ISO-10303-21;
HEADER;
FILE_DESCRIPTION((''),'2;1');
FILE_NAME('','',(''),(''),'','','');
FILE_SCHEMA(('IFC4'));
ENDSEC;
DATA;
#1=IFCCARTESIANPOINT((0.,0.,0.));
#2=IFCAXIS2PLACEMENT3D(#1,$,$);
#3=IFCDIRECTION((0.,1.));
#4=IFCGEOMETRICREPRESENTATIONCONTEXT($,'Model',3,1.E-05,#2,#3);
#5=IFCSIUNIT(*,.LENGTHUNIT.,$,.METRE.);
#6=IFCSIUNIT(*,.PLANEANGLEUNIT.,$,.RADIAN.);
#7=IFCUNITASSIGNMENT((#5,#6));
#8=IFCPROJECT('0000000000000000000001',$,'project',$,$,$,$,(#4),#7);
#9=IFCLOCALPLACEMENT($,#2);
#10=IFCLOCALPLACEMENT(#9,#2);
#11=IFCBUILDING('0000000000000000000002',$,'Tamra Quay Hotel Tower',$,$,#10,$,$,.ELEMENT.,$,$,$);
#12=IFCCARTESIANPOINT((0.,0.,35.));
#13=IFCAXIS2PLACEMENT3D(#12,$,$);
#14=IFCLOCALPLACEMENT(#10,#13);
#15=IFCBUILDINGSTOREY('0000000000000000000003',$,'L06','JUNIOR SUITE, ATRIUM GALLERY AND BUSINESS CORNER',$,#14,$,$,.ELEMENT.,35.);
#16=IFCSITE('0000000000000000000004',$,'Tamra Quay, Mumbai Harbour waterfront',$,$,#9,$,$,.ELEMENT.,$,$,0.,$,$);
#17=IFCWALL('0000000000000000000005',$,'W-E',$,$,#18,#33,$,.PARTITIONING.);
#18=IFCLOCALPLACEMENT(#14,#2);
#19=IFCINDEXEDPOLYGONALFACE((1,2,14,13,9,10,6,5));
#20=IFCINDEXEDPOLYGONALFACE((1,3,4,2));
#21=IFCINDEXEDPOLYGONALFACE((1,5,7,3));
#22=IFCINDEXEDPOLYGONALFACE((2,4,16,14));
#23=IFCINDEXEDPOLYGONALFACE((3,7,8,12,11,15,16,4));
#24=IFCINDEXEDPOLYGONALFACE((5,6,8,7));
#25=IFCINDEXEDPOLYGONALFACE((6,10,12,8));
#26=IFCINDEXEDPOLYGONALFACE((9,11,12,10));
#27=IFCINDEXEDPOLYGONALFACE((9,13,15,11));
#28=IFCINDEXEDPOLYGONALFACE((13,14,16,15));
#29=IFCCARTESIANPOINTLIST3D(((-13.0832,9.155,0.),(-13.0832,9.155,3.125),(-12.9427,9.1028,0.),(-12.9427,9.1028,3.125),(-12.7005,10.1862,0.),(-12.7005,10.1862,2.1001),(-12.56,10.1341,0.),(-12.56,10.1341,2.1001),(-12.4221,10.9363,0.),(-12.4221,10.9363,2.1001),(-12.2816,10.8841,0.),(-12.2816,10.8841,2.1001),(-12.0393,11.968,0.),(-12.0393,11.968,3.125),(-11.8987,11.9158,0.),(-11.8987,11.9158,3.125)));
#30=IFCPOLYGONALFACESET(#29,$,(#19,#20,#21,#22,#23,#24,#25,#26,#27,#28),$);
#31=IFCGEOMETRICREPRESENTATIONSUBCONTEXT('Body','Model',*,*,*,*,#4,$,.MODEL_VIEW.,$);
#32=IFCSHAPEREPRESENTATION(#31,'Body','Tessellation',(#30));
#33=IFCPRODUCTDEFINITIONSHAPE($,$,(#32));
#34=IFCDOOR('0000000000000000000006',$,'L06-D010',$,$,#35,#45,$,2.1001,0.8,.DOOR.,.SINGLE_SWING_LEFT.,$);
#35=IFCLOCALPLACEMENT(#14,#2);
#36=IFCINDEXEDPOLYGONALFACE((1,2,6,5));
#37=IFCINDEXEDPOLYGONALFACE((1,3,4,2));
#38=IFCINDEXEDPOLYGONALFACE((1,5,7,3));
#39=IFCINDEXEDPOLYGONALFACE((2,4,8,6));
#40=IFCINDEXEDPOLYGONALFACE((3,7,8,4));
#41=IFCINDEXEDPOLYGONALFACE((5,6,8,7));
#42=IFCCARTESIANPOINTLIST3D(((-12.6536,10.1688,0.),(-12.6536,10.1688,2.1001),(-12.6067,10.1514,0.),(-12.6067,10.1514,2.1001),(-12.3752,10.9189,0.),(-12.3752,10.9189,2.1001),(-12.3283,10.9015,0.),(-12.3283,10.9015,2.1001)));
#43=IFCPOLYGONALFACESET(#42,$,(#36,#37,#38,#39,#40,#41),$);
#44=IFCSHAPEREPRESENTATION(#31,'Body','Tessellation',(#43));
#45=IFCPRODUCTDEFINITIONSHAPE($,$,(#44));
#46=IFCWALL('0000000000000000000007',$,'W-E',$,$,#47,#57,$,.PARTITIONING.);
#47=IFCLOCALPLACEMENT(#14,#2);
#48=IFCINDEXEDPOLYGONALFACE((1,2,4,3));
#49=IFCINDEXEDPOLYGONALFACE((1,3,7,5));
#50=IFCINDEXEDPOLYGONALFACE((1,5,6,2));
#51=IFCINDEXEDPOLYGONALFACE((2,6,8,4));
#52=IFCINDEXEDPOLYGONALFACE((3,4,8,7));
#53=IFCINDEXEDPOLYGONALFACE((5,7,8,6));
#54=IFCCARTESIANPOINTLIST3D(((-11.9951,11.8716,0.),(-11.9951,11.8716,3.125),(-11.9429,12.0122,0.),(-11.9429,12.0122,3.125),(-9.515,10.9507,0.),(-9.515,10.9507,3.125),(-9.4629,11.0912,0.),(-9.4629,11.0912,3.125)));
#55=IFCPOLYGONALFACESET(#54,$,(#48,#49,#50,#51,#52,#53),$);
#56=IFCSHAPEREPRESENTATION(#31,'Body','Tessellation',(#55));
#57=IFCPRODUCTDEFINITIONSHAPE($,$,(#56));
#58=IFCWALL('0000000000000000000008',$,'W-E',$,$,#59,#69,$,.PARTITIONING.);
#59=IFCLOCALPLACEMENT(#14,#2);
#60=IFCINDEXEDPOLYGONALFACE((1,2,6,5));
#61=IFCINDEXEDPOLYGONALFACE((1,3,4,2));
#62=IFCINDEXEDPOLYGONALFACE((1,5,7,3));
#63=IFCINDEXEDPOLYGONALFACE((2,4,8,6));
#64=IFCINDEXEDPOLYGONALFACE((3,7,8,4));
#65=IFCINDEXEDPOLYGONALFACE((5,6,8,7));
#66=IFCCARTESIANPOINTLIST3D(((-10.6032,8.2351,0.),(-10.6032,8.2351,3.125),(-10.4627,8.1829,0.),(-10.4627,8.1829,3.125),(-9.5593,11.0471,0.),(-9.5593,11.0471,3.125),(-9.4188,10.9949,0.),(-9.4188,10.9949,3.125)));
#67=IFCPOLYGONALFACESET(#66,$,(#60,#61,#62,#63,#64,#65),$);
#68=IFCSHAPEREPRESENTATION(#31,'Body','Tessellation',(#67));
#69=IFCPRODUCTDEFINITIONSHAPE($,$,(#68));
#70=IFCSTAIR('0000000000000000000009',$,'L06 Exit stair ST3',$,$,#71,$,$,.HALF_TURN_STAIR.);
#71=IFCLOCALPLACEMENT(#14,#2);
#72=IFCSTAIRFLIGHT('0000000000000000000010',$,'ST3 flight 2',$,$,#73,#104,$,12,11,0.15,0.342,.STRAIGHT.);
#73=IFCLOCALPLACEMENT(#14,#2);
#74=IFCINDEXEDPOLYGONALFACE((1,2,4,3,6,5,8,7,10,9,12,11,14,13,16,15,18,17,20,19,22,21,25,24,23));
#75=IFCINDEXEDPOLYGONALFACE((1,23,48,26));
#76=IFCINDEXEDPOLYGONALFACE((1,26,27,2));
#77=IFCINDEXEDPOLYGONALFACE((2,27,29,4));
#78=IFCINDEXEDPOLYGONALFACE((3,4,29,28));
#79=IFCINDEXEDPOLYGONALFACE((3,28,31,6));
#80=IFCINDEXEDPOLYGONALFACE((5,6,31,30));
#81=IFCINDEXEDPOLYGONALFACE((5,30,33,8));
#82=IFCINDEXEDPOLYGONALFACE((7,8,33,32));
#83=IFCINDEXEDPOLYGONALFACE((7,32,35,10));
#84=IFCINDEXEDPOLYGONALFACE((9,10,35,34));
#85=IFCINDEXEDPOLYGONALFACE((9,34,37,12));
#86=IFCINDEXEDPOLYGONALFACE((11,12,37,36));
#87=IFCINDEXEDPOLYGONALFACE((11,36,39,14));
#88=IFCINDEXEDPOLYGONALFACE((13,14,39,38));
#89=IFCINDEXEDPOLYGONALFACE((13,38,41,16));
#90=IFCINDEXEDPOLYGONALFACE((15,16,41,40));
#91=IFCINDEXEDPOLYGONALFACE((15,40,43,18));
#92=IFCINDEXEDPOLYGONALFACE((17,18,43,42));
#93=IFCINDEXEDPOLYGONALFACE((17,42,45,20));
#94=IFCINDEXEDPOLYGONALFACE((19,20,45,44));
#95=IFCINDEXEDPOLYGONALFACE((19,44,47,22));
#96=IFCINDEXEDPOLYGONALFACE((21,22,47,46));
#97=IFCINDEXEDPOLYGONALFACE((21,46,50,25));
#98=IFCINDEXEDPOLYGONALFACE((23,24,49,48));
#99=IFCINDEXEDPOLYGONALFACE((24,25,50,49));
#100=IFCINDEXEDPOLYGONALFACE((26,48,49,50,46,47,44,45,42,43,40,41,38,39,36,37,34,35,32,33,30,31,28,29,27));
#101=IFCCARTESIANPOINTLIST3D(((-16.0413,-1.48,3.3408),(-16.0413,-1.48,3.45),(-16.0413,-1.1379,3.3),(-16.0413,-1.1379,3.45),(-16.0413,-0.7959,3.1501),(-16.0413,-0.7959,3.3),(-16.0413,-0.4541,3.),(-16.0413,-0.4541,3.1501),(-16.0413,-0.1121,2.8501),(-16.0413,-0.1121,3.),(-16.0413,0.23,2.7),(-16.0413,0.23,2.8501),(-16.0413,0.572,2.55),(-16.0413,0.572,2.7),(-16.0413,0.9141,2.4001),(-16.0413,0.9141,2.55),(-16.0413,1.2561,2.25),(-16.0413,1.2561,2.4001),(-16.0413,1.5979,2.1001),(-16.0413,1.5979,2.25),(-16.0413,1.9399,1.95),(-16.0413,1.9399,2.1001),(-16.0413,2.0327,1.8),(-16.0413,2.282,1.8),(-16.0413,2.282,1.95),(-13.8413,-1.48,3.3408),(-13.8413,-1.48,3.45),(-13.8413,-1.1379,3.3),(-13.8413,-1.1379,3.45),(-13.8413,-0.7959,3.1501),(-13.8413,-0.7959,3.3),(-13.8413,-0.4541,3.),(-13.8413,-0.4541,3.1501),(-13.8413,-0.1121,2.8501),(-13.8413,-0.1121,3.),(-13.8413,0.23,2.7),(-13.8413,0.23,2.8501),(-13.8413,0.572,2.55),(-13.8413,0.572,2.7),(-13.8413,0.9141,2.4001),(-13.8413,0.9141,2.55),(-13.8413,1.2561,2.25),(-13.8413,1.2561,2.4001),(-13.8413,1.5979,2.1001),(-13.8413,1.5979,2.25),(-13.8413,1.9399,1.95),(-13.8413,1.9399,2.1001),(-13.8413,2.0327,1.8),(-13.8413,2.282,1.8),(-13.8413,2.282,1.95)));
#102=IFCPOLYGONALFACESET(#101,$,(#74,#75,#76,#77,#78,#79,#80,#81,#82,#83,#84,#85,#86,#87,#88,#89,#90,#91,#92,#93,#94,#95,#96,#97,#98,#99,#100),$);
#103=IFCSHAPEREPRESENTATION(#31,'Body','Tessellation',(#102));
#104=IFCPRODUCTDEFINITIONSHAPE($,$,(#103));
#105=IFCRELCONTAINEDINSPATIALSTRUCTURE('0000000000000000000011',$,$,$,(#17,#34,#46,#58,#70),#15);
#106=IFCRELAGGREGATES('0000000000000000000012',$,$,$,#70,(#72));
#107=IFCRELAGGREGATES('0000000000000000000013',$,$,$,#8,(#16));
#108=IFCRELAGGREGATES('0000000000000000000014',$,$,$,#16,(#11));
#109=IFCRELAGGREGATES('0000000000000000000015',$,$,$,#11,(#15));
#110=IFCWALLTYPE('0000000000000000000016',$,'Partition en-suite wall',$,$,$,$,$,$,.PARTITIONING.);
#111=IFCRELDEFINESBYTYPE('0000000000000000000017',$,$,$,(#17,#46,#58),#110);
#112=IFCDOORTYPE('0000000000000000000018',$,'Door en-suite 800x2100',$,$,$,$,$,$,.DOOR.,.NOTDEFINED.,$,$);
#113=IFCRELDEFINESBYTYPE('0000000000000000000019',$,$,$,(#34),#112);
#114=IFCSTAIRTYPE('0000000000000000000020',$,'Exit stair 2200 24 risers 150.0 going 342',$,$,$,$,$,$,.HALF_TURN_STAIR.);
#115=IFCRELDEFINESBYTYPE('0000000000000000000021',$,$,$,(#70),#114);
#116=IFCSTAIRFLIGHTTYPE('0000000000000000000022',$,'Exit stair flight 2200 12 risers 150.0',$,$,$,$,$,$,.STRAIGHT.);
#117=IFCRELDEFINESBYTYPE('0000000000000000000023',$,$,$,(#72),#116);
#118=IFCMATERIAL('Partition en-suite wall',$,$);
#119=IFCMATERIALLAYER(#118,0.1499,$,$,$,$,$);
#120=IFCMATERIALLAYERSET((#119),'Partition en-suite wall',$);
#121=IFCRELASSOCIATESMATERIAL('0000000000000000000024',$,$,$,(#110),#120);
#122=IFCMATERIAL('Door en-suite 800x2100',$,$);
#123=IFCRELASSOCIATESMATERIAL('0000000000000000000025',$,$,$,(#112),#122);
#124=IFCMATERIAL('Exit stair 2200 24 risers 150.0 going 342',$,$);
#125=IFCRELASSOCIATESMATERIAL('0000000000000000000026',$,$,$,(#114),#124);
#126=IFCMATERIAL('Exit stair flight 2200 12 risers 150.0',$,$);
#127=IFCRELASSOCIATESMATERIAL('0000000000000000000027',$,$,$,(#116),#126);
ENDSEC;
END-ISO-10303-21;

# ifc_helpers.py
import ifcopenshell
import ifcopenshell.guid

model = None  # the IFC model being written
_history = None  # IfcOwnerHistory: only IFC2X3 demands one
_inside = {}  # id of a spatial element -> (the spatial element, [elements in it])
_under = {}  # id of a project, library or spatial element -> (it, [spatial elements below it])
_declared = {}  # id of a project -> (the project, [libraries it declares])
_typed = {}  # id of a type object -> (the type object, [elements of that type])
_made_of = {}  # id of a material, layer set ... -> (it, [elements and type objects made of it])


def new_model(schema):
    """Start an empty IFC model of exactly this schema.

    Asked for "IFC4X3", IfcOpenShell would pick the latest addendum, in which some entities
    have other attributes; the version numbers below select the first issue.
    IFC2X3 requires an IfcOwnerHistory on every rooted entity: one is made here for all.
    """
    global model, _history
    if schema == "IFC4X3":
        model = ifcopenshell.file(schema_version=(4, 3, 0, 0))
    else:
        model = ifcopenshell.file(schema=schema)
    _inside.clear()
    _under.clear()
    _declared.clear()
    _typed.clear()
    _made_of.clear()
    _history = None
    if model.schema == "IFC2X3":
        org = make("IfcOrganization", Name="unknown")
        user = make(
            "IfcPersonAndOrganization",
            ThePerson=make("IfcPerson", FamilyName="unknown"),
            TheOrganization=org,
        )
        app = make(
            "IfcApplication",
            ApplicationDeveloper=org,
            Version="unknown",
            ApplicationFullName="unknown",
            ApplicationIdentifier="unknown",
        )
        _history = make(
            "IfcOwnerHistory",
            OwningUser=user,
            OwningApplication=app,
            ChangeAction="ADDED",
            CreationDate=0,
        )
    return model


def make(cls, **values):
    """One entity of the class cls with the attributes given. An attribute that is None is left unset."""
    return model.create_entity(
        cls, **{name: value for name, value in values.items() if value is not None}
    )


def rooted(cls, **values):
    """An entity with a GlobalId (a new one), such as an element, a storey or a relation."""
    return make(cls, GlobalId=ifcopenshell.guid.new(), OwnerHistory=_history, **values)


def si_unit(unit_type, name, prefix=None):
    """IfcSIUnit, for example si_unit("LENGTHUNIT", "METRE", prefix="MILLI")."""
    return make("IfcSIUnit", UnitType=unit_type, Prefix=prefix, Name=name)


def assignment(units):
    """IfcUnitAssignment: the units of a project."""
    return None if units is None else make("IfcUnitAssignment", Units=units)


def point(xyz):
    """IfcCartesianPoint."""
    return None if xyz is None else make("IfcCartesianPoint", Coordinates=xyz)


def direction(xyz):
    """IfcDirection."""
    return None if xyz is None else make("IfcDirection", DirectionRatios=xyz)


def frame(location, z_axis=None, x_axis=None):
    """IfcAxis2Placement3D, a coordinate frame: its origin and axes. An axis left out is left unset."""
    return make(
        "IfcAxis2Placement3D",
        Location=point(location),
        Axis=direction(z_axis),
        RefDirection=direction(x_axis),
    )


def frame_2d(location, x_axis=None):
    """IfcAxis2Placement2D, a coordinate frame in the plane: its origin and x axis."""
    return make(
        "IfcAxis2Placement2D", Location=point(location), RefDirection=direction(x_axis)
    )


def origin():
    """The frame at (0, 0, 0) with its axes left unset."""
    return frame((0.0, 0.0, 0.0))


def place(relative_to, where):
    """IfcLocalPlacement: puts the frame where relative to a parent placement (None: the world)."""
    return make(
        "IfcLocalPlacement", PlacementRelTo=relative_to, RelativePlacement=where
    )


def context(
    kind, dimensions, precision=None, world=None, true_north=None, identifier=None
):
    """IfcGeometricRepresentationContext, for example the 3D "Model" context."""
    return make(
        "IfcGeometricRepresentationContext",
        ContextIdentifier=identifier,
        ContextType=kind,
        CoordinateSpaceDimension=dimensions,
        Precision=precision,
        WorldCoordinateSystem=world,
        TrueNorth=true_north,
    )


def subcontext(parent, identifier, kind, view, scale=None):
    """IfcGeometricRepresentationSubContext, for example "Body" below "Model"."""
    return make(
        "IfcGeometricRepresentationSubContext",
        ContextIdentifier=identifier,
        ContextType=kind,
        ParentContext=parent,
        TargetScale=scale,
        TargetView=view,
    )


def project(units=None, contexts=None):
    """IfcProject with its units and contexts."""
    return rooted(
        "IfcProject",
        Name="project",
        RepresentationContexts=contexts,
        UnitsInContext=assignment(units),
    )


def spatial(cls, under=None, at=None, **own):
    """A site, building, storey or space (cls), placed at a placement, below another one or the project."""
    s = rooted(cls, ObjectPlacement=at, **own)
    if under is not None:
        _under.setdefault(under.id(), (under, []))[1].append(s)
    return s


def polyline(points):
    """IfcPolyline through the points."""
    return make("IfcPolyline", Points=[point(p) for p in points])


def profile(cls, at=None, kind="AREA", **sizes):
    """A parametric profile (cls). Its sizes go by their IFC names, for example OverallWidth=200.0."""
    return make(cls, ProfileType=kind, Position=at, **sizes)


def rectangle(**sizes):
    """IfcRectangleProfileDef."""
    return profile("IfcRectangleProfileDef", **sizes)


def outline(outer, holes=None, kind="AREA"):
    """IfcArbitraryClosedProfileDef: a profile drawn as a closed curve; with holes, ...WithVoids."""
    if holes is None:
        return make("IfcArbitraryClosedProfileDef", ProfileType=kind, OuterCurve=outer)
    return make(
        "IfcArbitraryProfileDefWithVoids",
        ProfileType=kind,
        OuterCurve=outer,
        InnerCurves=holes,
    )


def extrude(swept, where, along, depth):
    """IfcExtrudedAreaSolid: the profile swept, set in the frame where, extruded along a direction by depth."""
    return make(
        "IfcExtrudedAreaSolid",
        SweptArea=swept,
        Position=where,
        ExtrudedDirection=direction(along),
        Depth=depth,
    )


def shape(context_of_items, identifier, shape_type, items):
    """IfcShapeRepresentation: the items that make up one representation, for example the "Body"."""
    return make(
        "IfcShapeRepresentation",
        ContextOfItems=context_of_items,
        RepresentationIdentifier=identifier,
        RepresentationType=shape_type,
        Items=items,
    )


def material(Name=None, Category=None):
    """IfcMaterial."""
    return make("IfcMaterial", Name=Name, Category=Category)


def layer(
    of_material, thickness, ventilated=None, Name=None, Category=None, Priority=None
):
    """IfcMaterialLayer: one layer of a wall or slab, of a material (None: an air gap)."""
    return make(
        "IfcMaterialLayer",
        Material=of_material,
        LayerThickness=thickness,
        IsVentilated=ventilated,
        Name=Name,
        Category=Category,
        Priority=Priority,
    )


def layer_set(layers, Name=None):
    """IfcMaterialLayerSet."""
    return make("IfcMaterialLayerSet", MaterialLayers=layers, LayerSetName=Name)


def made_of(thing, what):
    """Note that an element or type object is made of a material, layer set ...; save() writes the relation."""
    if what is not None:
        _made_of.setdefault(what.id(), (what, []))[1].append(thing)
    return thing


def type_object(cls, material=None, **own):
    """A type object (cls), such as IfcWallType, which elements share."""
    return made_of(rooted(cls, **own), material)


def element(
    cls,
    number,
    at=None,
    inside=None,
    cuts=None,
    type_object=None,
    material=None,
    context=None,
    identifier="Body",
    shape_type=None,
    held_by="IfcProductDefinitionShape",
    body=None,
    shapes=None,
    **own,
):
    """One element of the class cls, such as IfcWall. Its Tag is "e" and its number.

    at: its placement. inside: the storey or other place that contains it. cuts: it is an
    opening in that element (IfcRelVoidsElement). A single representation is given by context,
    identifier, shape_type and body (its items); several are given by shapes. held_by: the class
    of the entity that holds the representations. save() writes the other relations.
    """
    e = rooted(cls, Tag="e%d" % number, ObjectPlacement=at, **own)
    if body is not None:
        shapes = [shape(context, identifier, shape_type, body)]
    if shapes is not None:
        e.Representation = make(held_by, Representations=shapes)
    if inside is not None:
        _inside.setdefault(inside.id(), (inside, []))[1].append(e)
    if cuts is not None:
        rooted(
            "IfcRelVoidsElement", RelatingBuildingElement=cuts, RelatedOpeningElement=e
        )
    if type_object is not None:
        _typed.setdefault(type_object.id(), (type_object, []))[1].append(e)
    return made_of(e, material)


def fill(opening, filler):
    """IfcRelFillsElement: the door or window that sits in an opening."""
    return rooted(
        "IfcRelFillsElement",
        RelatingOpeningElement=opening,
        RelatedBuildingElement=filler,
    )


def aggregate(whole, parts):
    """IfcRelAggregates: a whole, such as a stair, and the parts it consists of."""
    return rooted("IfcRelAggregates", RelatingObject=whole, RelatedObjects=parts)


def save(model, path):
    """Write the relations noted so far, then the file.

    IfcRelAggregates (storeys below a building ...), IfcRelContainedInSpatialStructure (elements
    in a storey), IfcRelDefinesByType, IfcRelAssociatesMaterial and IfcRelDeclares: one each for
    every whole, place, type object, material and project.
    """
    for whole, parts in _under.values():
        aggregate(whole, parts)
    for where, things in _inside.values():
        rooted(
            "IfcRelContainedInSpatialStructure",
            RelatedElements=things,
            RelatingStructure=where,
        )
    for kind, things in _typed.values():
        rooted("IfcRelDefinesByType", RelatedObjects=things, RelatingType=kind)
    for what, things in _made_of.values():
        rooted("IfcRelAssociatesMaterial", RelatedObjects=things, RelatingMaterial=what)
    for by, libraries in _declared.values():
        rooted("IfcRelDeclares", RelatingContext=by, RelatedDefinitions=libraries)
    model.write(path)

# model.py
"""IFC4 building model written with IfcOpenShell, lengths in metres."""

from ifc_helpers import new_model, si_unit, direction, frame, frame_2d, origin, place, context, subcontext, project, spatial, polyline, rectangle, outline, extrude, material, layer, layer_set, type_object, element, fill, aggregate, save


model = new_model("IFC4")

# Units and contexts
model_context = context("Model", 3, precision=1e-05, world=origin(), true_north=direction((0.0, 1.0)))
body_context = subcontext(model_context, "Body", "Model", "MODEL_VIEW")
ifc_project = project(units=[si_unit("LENGTHUNIT", "METRE"), si_unit("PLANEANGLEUNIT", "RADIAN")], contexts=[model_context])

# Site, building, storey
site_placement = place(None, origin())
site = spatial("IfcSite", under=ifc_project, at=site_placement, Name="Tamra Quay, Mumbai Harbour waterfront", CompositionType="ELEMENT", RefElevation=0.0)
building_placement = place(site_placement, origin())
building = spatial("IfcBuilding", under=site, at=building_placement, Name="Tamra Quay Hotel Tower", CompositionType="ELEMENT")
storey_placement = place(building_placement, frame((0.0, 0.0, 35.0)))
storey = spatial("IfcBuildingStorey", under=building, at=storey_placement, Name="L06", Description="JUNIOR SUITE, ATRIUM GALLERY AND BUSINESS CORNER", CompositionType="ELEMENT", Elevation=35.0)

# Wall, opening, door
ifc_material_1 = material(Name="Partition en-suite wall")
ifc_layer_1 = layer(ifc_material_1, 0.1499)
ifc_layer_set_1 = layer_set([ifc_layer_1], Name="Partition en-suite wall")
wall_type_1 = type_object("IfcWallType", Name="Partition en-suite wall", PredefinedType="PARTITIONING", material=ifc_layer_set_1)
wall_1_placement = place(storey_placement, frame((-13.0129, 9.1289, 0.0), z_axis=(0.0, 0.0, 1.0), x_axis=(0.347929, 0.937521, 0.0)))
wall_1 = element("IfcWall", 1, at=wall_1_placement, inside=storey, type_object=wall_type_1, Name="W-E", PredefinedType="PARTITIONING", context=body_context, shape_type="SweptSolid", body=[
    extrude(rectangle(XDim=3.0005, YDim=0.1499, at=frame_2d((1.5002, 0.0))), origin(), (0.0, 0.0, 1.0), 3.125),
])
opening_1_placement = place(wall_1_placement, frame((1.1001, 0.0, 0.0)))
opening_1 = element("IfcOpeningElement", 2, at=opening_1_placement, cuts=wall_1, PredefinedType="OPENING", context=body_context, shape_type="SweptSolid", body=[
    extrude(rectangle(XDim=0.8, YDim=2.1001, at=frame_2d((0.3999, 1.05))), frame((0.0, 0.085, 0.0), z_axis=(0.0, -1.0, 0.0), x_axis=(1.0, 0.0, 0.0)), (0.0, 0.0, 1.0), 0.1699),
])
ifc_material_2 = material(Name="Door en-suite 800x2100")
door_type_1 = type_object("IfcDoorType", Name="Door en-suite 800x2100", OperationType="NOTDEFINED", PredefinedType="DOOR", material=ifc_material_2)
door_1_placement = place(opening_1_placement, origin())
door_1 = element("IfcDoor", 3, at=door_1_placement, inside=storey, type_object=door_type_1, Name="L06-D010", OperationType="SINGLE_SWING_LEFT", OverallHeight=2.1001, OverallWidth=0.8, PredefinedType="DOOR", context=body_context, shape_type="SweptSolid", body=[
    extrude(rectangle(XDim=0.8, YDim=2.1001, at=frame_2d((0.3999, 1.05))), frame((0.0, 0.0249, 0.0), z_axis=(0.0, -1.0, 0.0), x_axis=(1.0, 0.0, 0.0)), (0.0, 0.0, 1.0), 0.05),
])
fill(opening_1, door_1)

# Walls
wall_2_placement = place(storey_placement, frame((-11.969, 11.9419, 0.0), z_axis=(0.0, 0.0, 1.0), x_axis=(0.937455, -0.348108, 0.0)))
element("IfcWall", 4, at=wall_2_placement, inside=storey, type_object=wall_type_1, Name="W-E", PredefinedType="PARTITIONING", context=body_context, shape_type="SweptSolid", body=[
    extrude(rectangle(XDim=2.6455, YDim=0.1499, at=frame_2d((1.3228, 0.0))), origin(), (0.0, 0.0, 1.0), 3.125),
])
wall_3_placement = place(storey_placement, frame((-10.533, 8.209, 0.0), z_axis=(0.0, 0.0, 1.0), x_axis=(0.348035, 0.937481, 0.0)))
element("IfcWall", 5, at=wall_3_placement, inside=storey, type_object=wall_type_1, Name="W-E", PredefinedType="PARTITIONING", context=body_context, shape_type="SweptSolid", body=[
    extrude(rectangle(XDim=2.9995, YDim=0.1499, at=frame_2d((1.4998, 0.0))), origin(), (0.0, 0.0, 1.0), 3.125),
])

# Stair, stair flight
ifc_material_3 = material(Name="Exit stair 2200 24 risers 150.0 going 342")
stair_type = type_object("IfcStairType", Name="Exit stair 2200 24 risers 150.0 going 342", PredefinedType="HALF_TURN_STAIR", material=ifc_material_3)
stair_placement = place(storey_placement, origin())
stair = element("IfcStair", 6, at=stair_placement, inside=storey, type_object=stair_type, Name="L06 Exit stair ST3", PredefinedType="HALF_TURN_STAIR")
ifc_material_4 = material(Name="Exit stair flight 2200 12 risers 150.0")
stair_flight_type = type_object("IfcStairFlightType", Name="Exit stair flight 2200 12 risers 150.0", PredefinedType="STRAIGHT", material=ifc_material_4)
stair_flight_placement = place(storey_placement, frame((-14.9414, 2.282, 1.8), z_axis=(0.0, 0.0, 1.0), x_axis=(0.0, -1.0, 0.0)))
stair_flight = element("IfcStairFlight", 7, at=stair_flight_placement, type_object=stair_flight_type, Name="ST3 flight 2", NumberOfRisers=12, NumberOfTreads=11, PredefinedType="STRAIGHT", RiserHeight=0.15, TreadLength=0.342, context=body_context, shape_type="SweptSolid", body=[
    extrude(outline(polyline([(0.0, 0.0), (0.0, 0.1499), (0.342, 0.1499), (0.342, 0.3), (0.6841, 0.3), (0.6841, 0.45), (1.0259, 0.45), (1.0259, 0.6001), (1.3679, 0.6001), (1.3679, 0.75), (1.71, 0.75), (1.71, 0.8999), (2.052, 0.8999), (2.052, 1.05), (2.394, 1.05), (2.394, 1.2), (2.7361, 1.2), (2.7361, 1.3501), (3.0779, 1.3501), (3.0779, 1.5), (3.4199, 1.5), (3.4199, 1.6499), (3.762, 1.6499), (3.762, 1.8), (3.762, 1.5408), (0.2493, 0.0), (0.0, 0.0)])), frame((0.0, 1.1001, 0.0), z_axis=(0.0, -1.0, 0.0), x_axis=(1.0, 0.0, 0.0)), (0.0, 0.0, 1.0), 2.2),
])
aggregate(stair, [stair_flight])

save(model, "model.ifc")
